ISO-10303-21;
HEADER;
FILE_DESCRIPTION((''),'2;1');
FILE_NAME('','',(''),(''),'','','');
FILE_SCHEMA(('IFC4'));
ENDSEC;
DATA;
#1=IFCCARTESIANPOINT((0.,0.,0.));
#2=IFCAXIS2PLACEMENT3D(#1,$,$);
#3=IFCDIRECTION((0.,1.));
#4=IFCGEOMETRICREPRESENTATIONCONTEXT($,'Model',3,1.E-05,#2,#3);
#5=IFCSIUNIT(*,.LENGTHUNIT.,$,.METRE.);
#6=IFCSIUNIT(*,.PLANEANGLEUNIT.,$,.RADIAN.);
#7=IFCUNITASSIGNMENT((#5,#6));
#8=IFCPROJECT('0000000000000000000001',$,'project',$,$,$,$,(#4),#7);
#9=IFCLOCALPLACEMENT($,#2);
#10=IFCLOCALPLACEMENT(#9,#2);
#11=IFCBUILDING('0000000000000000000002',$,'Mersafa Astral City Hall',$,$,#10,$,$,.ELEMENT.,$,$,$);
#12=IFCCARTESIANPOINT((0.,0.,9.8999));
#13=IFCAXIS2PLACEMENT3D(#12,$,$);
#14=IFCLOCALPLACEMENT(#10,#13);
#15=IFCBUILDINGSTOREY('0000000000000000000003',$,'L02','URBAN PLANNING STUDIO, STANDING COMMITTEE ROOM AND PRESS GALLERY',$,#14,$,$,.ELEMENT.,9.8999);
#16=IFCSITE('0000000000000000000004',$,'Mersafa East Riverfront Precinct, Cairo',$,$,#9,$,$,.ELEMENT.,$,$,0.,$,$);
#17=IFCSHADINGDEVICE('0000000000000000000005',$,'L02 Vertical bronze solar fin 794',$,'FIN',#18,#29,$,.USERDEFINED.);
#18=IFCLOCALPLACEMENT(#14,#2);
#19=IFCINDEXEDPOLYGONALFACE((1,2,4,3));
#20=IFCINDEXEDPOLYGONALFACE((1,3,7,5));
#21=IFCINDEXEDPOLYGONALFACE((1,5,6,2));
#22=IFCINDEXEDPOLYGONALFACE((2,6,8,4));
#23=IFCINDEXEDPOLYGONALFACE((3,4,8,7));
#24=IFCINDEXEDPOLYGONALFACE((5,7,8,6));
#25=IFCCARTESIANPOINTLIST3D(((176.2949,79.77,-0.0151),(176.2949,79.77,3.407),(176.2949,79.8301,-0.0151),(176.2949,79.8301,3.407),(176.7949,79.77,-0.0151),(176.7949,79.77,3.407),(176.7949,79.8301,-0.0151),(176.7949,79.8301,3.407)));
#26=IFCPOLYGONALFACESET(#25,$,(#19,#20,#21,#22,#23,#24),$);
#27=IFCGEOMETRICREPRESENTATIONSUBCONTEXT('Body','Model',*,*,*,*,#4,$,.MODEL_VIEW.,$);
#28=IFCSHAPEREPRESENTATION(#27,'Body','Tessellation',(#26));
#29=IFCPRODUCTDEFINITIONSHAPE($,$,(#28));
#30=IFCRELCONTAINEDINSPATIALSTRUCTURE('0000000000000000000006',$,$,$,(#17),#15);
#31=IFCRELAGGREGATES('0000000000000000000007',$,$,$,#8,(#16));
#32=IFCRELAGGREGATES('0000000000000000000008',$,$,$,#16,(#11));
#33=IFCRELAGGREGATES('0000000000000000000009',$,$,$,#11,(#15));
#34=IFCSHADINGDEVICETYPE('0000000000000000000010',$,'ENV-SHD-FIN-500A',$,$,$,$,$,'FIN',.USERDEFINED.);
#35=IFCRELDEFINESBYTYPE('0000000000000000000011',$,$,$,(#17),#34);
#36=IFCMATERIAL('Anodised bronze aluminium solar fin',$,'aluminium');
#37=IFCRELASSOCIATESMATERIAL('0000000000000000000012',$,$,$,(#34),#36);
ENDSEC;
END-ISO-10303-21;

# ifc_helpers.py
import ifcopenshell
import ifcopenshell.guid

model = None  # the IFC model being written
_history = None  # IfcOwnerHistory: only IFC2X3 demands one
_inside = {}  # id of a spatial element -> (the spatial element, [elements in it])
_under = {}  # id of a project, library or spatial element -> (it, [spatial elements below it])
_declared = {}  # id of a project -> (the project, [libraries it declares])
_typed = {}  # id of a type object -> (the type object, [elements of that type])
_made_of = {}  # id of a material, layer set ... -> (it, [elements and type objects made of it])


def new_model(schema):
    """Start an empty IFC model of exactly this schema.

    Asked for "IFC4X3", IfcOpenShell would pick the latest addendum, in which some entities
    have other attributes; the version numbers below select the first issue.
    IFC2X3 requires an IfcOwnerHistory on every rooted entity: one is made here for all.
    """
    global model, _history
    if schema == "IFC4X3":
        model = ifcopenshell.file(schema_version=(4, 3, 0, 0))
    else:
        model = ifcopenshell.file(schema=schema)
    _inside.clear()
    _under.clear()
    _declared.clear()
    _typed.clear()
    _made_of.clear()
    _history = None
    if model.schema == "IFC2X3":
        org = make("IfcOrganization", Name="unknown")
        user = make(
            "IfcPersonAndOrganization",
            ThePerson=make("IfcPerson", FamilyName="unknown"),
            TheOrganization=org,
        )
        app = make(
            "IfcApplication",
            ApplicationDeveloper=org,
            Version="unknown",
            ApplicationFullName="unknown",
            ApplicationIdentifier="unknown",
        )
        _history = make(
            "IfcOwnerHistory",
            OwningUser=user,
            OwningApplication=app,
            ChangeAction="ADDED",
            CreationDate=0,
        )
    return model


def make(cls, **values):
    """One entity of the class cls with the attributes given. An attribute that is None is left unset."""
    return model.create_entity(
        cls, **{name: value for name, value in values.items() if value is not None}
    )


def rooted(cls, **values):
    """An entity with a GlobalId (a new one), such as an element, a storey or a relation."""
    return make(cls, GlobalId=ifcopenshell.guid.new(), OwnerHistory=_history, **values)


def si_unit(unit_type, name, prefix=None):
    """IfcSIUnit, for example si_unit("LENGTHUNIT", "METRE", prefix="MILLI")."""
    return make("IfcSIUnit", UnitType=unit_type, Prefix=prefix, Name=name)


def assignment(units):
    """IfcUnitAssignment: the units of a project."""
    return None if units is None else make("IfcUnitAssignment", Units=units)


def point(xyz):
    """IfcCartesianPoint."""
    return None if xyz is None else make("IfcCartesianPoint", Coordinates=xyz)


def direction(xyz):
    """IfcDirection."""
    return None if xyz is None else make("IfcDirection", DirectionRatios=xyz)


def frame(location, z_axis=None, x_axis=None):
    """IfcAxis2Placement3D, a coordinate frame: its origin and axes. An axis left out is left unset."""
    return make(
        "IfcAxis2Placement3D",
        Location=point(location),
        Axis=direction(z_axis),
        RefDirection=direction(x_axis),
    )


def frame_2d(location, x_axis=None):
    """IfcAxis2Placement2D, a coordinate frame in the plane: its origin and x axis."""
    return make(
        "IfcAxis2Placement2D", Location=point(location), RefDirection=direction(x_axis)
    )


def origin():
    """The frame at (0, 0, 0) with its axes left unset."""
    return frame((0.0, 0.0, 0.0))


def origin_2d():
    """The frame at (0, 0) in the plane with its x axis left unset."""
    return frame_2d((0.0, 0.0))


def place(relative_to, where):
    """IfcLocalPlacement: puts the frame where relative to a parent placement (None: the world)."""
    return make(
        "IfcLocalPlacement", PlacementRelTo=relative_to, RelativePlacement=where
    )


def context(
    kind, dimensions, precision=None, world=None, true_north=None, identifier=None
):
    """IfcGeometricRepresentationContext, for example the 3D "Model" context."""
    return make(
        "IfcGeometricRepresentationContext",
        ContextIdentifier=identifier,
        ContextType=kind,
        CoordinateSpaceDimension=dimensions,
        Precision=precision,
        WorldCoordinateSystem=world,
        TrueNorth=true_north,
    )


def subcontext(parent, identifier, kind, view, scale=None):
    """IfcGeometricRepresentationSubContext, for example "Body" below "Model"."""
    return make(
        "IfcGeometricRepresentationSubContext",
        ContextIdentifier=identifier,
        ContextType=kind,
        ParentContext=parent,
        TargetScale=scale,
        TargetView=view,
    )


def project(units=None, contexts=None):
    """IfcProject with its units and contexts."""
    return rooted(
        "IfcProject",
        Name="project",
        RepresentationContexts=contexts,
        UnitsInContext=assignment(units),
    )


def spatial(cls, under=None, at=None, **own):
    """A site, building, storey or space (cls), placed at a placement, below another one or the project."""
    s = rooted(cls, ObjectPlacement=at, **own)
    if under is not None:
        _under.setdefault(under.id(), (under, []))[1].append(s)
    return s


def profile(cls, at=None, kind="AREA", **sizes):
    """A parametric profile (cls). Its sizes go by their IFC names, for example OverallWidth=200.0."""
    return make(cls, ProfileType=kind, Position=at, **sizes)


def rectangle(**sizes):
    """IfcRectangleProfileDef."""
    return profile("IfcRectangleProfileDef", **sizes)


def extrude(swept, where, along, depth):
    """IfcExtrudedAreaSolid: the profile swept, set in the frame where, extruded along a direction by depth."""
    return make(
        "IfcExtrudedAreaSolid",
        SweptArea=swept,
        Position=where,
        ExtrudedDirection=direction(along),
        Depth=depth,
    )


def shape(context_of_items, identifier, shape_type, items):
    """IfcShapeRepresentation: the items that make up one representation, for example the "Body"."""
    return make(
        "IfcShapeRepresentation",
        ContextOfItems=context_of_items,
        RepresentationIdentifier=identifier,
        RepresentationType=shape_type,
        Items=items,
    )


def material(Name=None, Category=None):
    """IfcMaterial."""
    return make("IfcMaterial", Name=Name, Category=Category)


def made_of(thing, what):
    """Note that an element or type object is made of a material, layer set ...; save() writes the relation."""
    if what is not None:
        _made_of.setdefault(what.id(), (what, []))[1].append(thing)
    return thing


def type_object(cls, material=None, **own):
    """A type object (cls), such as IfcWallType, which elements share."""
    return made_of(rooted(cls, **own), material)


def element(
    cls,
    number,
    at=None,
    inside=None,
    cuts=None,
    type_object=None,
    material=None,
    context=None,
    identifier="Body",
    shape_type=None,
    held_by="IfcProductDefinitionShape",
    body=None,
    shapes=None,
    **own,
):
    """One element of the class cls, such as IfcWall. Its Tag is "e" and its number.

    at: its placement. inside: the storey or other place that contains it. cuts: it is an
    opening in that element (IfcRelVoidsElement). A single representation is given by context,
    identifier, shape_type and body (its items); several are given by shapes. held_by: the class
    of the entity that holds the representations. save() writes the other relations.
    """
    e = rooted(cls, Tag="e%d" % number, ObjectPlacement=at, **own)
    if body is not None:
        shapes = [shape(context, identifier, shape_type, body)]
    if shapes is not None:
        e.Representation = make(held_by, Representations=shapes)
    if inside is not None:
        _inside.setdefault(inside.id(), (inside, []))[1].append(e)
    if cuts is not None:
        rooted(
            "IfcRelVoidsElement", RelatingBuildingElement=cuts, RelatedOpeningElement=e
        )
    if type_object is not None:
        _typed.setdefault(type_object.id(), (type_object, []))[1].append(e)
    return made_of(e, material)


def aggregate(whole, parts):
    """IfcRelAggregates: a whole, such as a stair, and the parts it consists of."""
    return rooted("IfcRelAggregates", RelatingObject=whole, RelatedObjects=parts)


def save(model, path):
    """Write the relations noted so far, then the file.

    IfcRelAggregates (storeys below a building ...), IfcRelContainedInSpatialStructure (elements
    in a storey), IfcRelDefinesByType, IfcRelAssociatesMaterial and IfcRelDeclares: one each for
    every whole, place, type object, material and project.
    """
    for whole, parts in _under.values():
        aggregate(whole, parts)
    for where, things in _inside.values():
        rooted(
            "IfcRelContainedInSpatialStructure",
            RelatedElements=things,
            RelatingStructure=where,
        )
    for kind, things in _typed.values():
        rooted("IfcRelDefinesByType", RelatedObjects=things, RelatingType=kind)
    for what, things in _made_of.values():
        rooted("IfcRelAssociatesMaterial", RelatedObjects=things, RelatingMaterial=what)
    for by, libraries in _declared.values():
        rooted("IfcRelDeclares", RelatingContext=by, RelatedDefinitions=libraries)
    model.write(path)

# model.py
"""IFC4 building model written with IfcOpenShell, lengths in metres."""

from ifc_helpers import new_model, si_unit, direction, frame, origin, origin_2d, place, context, subcontext, project, spatial, rectangle, extrude, material, type_object, element, save


model = new_model("IFC4")

# Units and contexts
model_context = context("Model", 3, precision=1e-05, world=origin(), true_north=direction((0.0, 1.0)))
body_context = subcontext(model_context, "Body", "Model", "MODEL_VIEW")
ifc_project = project(units=[si_unit("LENGTHUNIT", "METRE"), si_unit("PLANEANGLEUNIT", "RADIAN")], contexts=[model_context])

# Site, building, storey
site_placement = place(None, origin())
site = spatial("IfcSite", under=ifc_project, at=site_placement, Name="Mersafa East Riverfront Precinct, Cairo", CompositionType="ELEMENT", RefElevation=0.0)
building_placement = place(site_placement, origin())
building = spatial("IfcBuilding", under=site, at=building_placement, Name="Mersafa Astral City Hall", CompositionType="ELEMENT")
storey_placement = place(building_placement, frame((0.0, 0.0, 9.8999)))
storey = spatial("IfcBuildingStorey", under=building, at=storey_placement, Name="L02", Description="URBAN PLANNING STUDIO, STANDING COMMITTEE ROOM AND PRESS GALLERY", CompositionType="ELEMENT", Elevation=9.8999)

# Shading device
ifc_material_1 = material(Name="Anodised bronze aluminium solar fin", Category="aluminium")
shading_device_type = type_object("IfcShadingDeviceType", Name="ENV-SHD-FIN-500A", ElementType="FIN", PredefinedType="USERDEFINED", material=ifc_material_1)
for number, where, z_axis, x_axis, name in (
    (1, (176.5449, 79.8, -0.0151), (0.0, 0.0, 1.0), (0.0, 1.0, 0.0), "L02 Vertical bronze solar fin 794"),
):
    element("IfcShadingDevice", number, at=place(storey_placement, frame(where, z_axis=z_axis, x_axis=x_axis)), inside=storey, type_object=shading_device_type, Name=name, ObjectType="FIN", PredefinedType="USERDEFINED", context=body_context, shape_type="SweptSolid", body=[
        extrude(rectangle(XDim=0.0601, YDim=0.5, at=origin_2d()), origin(), (0.0, 0.0, 1.0), 3.4221),
    ])

save(model, "model.ifc")
